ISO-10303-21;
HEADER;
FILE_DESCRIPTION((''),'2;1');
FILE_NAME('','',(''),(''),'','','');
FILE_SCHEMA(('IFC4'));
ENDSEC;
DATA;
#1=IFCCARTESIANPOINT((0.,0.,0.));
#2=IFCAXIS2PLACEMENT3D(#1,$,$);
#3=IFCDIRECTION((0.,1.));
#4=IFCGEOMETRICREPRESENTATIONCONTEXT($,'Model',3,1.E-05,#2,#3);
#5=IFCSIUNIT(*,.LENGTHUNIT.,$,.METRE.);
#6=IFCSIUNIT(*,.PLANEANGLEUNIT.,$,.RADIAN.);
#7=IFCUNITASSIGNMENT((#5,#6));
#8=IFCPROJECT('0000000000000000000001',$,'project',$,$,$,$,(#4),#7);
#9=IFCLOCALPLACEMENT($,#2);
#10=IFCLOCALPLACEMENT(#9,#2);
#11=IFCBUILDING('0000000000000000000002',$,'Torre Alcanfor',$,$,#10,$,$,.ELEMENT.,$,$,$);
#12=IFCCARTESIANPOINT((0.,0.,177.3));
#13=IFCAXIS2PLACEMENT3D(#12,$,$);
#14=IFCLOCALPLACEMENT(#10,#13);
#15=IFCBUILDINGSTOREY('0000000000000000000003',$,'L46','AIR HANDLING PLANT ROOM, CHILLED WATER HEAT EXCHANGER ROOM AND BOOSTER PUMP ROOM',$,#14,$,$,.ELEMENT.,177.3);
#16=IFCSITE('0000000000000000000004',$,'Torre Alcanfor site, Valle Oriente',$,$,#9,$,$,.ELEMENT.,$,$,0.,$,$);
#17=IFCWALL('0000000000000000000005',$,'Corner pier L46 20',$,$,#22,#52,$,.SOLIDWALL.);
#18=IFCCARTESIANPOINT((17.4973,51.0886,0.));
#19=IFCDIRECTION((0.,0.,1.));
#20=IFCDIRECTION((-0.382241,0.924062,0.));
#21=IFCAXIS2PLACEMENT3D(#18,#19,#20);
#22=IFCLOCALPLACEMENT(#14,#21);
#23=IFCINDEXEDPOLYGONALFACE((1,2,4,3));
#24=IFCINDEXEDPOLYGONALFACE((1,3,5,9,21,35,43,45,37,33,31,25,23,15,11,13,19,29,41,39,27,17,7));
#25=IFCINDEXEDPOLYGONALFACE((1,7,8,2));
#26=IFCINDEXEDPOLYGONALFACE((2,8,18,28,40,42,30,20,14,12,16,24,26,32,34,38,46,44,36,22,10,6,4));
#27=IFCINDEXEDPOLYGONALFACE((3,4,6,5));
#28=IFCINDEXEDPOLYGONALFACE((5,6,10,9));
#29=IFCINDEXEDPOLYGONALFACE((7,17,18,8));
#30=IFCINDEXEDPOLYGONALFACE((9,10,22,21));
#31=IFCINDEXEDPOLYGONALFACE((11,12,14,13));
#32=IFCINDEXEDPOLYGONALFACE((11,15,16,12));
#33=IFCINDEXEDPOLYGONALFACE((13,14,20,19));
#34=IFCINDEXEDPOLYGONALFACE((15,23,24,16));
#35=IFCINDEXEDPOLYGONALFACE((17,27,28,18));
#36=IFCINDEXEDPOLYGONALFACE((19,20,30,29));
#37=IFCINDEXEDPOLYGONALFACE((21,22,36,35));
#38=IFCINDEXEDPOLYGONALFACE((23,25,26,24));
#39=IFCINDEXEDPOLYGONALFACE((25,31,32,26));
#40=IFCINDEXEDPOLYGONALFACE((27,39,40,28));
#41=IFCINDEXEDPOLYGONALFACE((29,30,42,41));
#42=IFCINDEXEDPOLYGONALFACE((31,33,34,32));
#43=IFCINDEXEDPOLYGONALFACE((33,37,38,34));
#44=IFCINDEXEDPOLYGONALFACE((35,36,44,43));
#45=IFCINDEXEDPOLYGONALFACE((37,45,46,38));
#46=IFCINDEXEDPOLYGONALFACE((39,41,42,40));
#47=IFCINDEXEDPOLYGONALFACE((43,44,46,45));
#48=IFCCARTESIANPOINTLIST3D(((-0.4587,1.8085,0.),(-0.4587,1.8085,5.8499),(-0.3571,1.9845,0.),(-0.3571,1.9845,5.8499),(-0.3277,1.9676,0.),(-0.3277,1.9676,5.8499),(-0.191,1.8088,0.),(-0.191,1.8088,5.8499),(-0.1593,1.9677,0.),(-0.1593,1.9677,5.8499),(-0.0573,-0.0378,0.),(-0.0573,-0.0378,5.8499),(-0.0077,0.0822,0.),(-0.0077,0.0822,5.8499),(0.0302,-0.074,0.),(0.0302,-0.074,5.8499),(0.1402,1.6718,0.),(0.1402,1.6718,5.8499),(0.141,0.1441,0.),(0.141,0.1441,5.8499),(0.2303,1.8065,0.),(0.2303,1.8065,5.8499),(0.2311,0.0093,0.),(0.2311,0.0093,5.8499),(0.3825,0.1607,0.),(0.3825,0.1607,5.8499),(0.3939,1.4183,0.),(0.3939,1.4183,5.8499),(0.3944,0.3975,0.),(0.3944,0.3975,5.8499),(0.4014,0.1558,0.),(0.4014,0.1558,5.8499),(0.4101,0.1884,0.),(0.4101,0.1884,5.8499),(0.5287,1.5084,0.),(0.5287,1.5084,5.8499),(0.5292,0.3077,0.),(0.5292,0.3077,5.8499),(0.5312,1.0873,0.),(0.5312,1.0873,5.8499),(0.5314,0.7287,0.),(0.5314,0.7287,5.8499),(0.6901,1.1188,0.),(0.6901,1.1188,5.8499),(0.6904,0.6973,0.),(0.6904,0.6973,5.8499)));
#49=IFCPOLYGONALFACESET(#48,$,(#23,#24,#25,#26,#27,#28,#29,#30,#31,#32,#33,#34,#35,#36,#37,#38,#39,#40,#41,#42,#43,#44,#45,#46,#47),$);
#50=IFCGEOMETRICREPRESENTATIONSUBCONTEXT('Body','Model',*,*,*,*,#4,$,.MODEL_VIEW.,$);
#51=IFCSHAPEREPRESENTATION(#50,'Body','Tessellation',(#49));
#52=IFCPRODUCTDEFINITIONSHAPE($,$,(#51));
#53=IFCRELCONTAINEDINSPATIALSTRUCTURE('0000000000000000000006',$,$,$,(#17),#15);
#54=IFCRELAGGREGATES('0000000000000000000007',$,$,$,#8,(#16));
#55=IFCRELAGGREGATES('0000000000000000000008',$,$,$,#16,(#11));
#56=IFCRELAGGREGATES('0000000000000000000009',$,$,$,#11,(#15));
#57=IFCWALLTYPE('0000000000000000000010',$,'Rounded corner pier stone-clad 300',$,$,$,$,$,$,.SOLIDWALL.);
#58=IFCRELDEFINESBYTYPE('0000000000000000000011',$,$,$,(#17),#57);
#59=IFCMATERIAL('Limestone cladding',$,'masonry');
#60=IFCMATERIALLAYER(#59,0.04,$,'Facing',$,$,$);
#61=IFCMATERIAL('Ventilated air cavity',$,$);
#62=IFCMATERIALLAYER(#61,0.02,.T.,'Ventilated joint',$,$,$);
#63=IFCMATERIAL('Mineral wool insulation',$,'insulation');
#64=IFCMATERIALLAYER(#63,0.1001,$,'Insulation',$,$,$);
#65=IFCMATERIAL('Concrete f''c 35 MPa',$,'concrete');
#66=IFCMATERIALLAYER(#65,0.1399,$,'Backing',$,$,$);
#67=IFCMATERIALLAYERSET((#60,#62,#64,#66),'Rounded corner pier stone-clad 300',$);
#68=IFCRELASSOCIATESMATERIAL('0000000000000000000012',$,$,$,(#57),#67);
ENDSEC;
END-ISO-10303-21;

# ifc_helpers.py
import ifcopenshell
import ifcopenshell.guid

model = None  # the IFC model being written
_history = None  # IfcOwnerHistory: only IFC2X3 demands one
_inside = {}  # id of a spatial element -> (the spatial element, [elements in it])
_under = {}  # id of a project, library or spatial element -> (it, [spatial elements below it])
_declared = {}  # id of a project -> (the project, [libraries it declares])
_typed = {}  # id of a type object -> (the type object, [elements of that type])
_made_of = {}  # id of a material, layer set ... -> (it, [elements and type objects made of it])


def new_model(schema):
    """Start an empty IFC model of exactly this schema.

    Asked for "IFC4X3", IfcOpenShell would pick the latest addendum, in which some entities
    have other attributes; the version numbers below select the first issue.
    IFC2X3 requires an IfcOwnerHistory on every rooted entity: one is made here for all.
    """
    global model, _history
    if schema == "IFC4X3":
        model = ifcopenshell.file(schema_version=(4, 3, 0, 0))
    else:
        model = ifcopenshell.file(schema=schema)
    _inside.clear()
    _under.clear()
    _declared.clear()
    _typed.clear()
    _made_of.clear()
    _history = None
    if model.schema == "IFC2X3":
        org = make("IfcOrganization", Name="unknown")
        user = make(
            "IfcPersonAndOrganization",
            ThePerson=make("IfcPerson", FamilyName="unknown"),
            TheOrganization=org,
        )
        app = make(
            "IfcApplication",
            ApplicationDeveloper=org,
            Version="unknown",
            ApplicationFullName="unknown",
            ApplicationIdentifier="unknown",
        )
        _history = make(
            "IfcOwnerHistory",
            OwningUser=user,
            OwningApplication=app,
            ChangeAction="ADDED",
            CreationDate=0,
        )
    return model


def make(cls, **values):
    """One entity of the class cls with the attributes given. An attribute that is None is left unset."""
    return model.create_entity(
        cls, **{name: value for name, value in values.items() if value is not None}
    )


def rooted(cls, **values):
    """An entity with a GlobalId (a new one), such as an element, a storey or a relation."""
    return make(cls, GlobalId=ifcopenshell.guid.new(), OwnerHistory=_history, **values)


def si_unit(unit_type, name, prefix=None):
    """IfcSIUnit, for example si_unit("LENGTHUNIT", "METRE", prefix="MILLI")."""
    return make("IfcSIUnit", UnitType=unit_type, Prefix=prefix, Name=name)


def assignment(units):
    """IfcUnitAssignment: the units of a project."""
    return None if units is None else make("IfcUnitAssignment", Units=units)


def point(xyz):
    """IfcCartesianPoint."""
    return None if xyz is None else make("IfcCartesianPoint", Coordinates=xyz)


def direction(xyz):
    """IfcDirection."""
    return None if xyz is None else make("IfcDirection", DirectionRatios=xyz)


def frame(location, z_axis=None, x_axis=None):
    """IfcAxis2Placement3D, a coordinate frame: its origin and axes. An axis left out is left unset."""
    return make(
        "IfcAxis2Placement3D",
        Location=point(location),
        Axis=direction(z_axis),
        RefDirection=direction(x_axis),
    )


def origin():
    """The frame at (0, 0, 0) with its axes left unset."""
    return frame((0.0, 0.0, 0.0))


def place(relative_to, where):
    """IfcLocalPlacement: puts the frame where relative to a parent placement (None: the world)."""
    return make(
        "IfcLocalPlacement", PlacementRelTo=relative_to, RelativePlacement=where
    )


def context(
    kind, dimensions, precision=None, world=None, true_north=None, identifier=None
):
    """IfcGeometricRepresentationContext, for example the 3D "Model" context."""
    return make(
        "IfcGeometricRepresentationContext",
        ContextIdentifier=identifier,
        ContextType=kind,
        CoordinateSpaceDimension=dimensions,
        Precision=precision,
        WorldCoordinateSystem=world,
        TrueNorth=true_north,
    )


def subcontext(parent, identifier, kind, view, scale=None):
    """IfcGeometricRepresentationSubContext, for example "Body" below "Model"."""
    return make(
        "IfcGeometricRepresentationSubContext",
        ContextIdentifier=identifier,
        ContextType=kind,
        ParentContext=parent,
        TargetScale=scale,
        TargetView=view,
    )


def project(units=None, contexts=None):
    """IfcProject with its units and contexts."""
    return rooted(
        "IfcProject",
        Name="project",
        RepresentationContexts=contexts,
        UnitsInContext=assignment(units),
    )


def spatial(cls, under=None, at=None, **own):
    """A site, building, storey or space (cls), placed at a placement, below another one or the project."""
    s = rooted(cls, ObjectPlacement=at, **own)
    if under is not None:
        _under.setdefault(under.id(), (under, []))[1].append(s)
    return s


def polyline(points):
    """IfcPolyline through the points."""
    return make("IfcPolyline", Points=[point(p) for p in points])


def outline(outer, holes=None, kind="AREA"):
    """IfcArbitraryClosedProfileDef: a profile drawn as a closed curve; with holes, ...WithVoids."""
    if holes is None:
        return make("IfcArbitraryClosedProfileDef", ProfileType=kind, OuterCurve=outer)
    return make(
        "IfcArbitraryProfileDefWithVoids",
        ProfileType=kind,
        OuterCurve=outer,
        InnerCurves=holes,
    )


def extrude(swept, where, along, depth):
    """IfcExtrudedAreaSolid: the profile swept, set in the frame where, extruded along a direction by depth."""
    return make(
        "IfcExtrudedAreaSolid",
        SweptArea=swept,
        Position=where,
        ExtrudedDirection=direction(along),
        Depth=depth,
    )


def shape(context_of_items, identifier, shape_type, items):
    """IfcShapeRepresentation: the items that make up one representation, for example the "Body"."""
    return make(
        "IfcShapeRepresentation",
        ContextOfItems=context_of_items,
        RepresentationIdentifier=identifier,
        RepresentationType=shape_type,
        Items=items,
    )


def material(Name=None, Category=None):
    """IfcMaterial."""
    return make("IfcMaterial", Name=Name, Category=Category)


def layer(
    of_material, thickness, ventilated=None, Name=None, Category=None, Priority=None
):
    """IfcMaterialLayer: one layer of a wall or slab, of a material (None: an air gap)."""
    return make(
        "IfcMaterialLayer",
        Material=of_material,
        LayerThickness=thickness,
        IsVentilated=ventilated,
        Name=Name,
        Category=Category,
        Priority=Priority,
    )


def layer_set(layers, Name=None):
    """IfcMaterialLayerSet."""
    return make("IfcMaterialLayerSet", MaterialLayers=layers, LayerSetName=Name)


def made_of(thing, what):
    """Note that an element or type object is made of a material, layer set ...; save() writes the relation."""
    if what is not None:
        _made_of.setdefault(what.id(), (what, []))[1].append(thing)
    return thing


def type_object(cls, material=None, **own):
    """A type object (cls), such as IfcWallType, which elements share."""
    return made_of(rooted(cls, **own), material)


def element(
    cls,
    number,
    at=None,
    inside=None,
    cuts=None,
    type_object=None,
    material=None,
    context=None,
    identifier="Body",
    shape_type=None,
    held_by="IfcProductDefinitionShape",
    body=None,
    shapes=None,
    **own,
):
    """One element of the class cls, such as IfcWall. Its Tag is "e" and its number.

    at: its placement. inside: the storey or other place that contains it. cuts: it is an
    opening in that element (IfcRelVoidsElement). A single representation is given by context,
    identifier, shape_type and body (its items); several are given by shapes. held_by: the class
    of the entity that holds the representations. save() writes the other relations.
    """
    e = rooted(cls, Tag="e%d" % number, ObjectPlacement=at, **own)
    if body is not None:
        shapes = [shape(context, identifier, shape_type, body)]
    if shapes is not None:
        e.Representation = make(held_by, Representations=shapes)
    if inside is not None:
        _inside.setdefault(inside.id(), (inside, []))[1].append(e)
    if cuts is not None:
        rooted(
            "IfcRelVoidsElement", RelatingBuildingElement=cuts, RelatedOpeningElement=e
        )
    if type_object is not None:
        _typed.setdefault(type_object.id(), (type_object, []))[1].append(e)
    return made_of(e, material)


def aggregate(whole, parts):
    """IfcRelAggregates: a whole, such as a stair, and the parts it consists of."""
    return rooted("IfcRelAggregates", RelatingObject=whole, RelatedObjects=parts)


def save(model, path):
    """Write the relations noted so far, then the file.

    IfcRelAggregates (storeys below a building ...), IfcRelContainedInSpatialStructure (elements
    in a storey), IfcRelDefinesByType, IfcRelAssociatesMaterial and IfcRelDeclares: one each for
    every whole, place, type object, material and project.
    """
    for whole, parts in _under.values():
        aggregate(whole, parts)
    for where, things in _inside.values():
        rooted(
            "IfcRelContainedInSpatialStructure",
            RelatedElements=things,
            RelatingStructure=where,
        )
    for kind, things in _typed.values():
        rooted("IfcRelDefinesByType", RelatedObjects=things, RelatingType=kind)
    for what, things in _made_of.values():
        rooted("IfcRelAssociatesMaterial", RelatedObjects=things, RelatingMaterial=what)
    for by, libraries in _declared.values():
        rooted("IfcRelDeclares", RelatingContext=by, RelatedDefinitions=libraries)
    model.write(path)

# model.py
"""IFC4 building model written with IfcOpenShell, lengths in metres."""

from ifc_helpers import new_model, si_unit, direction, frame, origin, place, context, subcontext, project, spatial, polyline, outline, extrude, material, layer, layer_set, type_object, element, save


model = new_model("IFC4")

# Units and contexts
model_context = context("Model", 3, precision=1e-05, world=origin(), true_north=direction((0.0, 1.0)))
body_context = subcontext(model_context, "Body", "Model", "MODEL_VIEW")
ifc_project = project(units=[si_unit("LENGTHUNIT", "METRE"), si_unit("PLANEANGLEUNIT", "RADIAN")], contexts=[model_context])

# Site, building, storey
site_placement = place(None, origin())
site = spatial("IfcSite", under=ifc_project, at=site_placement, Name="Torre Alcanfor site, Valle Oriente", CompositionType="ELEMENT", RefElevation=0.0)
building_placement = place(site_placement, origin())
building = spatial("IfcBuilding", under=site, at=building_placement, Name="Torre Alcanfor", CompositionType="ELEMENT")
storey_placement = place(building_placement, frame((0.0, 0.0, 177.3)))
storey = spatial("IfcBuildingStorey", under=building, at=storey_placement, Name="L46", Description="AIR HANDLING PLANT ROOM, CHILLED WATER HEAT EXCHANGER ROOM AND BOOSTER PUMP ROOM", CompositionType="ELEMENT", Elevation=177.3)

# Wall
ifc_material_1 = material(Name="Limestone cladding", Category="masonry")
ifc_layer_1 = layer(ifc_material_1, 0.04, Name="Facing")
ifc_material_2 = material(Name="Ventilated air cavity")
ifc_layer_2 = layer(ifc_material_2, 0.02, ventilated=True, Name="Ventilated joint")
ifc_material_3 = material(Name="Mineral wool insulation", Category="insulation")
ifc_layer_3 = layer(ifc_material_3, 0.1001, Name="Insulation")
ifc_material_4 = material(Name="Concrete f'c 35 MPa", Category="concrete")
ifc_layer_4 = layer(ifc_material_4, 0.1399, Name="Backing")
ifc_layer_set_1 = layer_set([ifc_layer_1, ifc_layer_2, ifc_layer_3, ifc_layer_4], Name="Rounded corner pier stone-clad 300")
wall_type_1 = type_object("IfcWallType", Name="Rounded corner pier stone-clad 300", PredefinedType="SOLIDWALL", material=ifc_layer_set_1)
wall_1_placement = place(storey_placement, frame((17.4973, 51.0886, 0.0), z_axis=(0.0, 0.0, 1.0), x_axis=(-0.382241, 0.924062, 0.0)))
element("IfcWall", 1, at=wall_1_placement, inside=storey, type_object=wall_type_1, Name="Corner pier L46 20", PredefinedType="SOLIDWALL", context=body_context, shape_type="SweptSolid", body=[
    extrude(outline(polyline([(-0.3571, 1.9845), (-0.4587, 1.8085), (-0.191, 1.8088), (0.1402, 1.6718), (0.3939, 1.4183), (0.5312, 1.0873), (0.5314, 0.7287), (0.3944, 0.3975), (0.141, 0.1441), (-0.0077, 0.0822), (-0.0573, -0.0378), (0.0302, -0.074), (0.2311, 0.0093), (0.3825, 0.1607), (0.4014, 0.1558), (0.4101, 0.1884), (0.5292, 0.3077), (0.6904, 0.6973), (0.6901, 1.1188), (0.5287, 1.5084), (0.2303, 1.8065), (-0.1593, 1.9677), (-0.3277, 1.9676), (-0.3571, 1.9845)])), origin(), (0.0, 0.0, 1.0), 5.8499),
])

save(model, "model.ifc")
